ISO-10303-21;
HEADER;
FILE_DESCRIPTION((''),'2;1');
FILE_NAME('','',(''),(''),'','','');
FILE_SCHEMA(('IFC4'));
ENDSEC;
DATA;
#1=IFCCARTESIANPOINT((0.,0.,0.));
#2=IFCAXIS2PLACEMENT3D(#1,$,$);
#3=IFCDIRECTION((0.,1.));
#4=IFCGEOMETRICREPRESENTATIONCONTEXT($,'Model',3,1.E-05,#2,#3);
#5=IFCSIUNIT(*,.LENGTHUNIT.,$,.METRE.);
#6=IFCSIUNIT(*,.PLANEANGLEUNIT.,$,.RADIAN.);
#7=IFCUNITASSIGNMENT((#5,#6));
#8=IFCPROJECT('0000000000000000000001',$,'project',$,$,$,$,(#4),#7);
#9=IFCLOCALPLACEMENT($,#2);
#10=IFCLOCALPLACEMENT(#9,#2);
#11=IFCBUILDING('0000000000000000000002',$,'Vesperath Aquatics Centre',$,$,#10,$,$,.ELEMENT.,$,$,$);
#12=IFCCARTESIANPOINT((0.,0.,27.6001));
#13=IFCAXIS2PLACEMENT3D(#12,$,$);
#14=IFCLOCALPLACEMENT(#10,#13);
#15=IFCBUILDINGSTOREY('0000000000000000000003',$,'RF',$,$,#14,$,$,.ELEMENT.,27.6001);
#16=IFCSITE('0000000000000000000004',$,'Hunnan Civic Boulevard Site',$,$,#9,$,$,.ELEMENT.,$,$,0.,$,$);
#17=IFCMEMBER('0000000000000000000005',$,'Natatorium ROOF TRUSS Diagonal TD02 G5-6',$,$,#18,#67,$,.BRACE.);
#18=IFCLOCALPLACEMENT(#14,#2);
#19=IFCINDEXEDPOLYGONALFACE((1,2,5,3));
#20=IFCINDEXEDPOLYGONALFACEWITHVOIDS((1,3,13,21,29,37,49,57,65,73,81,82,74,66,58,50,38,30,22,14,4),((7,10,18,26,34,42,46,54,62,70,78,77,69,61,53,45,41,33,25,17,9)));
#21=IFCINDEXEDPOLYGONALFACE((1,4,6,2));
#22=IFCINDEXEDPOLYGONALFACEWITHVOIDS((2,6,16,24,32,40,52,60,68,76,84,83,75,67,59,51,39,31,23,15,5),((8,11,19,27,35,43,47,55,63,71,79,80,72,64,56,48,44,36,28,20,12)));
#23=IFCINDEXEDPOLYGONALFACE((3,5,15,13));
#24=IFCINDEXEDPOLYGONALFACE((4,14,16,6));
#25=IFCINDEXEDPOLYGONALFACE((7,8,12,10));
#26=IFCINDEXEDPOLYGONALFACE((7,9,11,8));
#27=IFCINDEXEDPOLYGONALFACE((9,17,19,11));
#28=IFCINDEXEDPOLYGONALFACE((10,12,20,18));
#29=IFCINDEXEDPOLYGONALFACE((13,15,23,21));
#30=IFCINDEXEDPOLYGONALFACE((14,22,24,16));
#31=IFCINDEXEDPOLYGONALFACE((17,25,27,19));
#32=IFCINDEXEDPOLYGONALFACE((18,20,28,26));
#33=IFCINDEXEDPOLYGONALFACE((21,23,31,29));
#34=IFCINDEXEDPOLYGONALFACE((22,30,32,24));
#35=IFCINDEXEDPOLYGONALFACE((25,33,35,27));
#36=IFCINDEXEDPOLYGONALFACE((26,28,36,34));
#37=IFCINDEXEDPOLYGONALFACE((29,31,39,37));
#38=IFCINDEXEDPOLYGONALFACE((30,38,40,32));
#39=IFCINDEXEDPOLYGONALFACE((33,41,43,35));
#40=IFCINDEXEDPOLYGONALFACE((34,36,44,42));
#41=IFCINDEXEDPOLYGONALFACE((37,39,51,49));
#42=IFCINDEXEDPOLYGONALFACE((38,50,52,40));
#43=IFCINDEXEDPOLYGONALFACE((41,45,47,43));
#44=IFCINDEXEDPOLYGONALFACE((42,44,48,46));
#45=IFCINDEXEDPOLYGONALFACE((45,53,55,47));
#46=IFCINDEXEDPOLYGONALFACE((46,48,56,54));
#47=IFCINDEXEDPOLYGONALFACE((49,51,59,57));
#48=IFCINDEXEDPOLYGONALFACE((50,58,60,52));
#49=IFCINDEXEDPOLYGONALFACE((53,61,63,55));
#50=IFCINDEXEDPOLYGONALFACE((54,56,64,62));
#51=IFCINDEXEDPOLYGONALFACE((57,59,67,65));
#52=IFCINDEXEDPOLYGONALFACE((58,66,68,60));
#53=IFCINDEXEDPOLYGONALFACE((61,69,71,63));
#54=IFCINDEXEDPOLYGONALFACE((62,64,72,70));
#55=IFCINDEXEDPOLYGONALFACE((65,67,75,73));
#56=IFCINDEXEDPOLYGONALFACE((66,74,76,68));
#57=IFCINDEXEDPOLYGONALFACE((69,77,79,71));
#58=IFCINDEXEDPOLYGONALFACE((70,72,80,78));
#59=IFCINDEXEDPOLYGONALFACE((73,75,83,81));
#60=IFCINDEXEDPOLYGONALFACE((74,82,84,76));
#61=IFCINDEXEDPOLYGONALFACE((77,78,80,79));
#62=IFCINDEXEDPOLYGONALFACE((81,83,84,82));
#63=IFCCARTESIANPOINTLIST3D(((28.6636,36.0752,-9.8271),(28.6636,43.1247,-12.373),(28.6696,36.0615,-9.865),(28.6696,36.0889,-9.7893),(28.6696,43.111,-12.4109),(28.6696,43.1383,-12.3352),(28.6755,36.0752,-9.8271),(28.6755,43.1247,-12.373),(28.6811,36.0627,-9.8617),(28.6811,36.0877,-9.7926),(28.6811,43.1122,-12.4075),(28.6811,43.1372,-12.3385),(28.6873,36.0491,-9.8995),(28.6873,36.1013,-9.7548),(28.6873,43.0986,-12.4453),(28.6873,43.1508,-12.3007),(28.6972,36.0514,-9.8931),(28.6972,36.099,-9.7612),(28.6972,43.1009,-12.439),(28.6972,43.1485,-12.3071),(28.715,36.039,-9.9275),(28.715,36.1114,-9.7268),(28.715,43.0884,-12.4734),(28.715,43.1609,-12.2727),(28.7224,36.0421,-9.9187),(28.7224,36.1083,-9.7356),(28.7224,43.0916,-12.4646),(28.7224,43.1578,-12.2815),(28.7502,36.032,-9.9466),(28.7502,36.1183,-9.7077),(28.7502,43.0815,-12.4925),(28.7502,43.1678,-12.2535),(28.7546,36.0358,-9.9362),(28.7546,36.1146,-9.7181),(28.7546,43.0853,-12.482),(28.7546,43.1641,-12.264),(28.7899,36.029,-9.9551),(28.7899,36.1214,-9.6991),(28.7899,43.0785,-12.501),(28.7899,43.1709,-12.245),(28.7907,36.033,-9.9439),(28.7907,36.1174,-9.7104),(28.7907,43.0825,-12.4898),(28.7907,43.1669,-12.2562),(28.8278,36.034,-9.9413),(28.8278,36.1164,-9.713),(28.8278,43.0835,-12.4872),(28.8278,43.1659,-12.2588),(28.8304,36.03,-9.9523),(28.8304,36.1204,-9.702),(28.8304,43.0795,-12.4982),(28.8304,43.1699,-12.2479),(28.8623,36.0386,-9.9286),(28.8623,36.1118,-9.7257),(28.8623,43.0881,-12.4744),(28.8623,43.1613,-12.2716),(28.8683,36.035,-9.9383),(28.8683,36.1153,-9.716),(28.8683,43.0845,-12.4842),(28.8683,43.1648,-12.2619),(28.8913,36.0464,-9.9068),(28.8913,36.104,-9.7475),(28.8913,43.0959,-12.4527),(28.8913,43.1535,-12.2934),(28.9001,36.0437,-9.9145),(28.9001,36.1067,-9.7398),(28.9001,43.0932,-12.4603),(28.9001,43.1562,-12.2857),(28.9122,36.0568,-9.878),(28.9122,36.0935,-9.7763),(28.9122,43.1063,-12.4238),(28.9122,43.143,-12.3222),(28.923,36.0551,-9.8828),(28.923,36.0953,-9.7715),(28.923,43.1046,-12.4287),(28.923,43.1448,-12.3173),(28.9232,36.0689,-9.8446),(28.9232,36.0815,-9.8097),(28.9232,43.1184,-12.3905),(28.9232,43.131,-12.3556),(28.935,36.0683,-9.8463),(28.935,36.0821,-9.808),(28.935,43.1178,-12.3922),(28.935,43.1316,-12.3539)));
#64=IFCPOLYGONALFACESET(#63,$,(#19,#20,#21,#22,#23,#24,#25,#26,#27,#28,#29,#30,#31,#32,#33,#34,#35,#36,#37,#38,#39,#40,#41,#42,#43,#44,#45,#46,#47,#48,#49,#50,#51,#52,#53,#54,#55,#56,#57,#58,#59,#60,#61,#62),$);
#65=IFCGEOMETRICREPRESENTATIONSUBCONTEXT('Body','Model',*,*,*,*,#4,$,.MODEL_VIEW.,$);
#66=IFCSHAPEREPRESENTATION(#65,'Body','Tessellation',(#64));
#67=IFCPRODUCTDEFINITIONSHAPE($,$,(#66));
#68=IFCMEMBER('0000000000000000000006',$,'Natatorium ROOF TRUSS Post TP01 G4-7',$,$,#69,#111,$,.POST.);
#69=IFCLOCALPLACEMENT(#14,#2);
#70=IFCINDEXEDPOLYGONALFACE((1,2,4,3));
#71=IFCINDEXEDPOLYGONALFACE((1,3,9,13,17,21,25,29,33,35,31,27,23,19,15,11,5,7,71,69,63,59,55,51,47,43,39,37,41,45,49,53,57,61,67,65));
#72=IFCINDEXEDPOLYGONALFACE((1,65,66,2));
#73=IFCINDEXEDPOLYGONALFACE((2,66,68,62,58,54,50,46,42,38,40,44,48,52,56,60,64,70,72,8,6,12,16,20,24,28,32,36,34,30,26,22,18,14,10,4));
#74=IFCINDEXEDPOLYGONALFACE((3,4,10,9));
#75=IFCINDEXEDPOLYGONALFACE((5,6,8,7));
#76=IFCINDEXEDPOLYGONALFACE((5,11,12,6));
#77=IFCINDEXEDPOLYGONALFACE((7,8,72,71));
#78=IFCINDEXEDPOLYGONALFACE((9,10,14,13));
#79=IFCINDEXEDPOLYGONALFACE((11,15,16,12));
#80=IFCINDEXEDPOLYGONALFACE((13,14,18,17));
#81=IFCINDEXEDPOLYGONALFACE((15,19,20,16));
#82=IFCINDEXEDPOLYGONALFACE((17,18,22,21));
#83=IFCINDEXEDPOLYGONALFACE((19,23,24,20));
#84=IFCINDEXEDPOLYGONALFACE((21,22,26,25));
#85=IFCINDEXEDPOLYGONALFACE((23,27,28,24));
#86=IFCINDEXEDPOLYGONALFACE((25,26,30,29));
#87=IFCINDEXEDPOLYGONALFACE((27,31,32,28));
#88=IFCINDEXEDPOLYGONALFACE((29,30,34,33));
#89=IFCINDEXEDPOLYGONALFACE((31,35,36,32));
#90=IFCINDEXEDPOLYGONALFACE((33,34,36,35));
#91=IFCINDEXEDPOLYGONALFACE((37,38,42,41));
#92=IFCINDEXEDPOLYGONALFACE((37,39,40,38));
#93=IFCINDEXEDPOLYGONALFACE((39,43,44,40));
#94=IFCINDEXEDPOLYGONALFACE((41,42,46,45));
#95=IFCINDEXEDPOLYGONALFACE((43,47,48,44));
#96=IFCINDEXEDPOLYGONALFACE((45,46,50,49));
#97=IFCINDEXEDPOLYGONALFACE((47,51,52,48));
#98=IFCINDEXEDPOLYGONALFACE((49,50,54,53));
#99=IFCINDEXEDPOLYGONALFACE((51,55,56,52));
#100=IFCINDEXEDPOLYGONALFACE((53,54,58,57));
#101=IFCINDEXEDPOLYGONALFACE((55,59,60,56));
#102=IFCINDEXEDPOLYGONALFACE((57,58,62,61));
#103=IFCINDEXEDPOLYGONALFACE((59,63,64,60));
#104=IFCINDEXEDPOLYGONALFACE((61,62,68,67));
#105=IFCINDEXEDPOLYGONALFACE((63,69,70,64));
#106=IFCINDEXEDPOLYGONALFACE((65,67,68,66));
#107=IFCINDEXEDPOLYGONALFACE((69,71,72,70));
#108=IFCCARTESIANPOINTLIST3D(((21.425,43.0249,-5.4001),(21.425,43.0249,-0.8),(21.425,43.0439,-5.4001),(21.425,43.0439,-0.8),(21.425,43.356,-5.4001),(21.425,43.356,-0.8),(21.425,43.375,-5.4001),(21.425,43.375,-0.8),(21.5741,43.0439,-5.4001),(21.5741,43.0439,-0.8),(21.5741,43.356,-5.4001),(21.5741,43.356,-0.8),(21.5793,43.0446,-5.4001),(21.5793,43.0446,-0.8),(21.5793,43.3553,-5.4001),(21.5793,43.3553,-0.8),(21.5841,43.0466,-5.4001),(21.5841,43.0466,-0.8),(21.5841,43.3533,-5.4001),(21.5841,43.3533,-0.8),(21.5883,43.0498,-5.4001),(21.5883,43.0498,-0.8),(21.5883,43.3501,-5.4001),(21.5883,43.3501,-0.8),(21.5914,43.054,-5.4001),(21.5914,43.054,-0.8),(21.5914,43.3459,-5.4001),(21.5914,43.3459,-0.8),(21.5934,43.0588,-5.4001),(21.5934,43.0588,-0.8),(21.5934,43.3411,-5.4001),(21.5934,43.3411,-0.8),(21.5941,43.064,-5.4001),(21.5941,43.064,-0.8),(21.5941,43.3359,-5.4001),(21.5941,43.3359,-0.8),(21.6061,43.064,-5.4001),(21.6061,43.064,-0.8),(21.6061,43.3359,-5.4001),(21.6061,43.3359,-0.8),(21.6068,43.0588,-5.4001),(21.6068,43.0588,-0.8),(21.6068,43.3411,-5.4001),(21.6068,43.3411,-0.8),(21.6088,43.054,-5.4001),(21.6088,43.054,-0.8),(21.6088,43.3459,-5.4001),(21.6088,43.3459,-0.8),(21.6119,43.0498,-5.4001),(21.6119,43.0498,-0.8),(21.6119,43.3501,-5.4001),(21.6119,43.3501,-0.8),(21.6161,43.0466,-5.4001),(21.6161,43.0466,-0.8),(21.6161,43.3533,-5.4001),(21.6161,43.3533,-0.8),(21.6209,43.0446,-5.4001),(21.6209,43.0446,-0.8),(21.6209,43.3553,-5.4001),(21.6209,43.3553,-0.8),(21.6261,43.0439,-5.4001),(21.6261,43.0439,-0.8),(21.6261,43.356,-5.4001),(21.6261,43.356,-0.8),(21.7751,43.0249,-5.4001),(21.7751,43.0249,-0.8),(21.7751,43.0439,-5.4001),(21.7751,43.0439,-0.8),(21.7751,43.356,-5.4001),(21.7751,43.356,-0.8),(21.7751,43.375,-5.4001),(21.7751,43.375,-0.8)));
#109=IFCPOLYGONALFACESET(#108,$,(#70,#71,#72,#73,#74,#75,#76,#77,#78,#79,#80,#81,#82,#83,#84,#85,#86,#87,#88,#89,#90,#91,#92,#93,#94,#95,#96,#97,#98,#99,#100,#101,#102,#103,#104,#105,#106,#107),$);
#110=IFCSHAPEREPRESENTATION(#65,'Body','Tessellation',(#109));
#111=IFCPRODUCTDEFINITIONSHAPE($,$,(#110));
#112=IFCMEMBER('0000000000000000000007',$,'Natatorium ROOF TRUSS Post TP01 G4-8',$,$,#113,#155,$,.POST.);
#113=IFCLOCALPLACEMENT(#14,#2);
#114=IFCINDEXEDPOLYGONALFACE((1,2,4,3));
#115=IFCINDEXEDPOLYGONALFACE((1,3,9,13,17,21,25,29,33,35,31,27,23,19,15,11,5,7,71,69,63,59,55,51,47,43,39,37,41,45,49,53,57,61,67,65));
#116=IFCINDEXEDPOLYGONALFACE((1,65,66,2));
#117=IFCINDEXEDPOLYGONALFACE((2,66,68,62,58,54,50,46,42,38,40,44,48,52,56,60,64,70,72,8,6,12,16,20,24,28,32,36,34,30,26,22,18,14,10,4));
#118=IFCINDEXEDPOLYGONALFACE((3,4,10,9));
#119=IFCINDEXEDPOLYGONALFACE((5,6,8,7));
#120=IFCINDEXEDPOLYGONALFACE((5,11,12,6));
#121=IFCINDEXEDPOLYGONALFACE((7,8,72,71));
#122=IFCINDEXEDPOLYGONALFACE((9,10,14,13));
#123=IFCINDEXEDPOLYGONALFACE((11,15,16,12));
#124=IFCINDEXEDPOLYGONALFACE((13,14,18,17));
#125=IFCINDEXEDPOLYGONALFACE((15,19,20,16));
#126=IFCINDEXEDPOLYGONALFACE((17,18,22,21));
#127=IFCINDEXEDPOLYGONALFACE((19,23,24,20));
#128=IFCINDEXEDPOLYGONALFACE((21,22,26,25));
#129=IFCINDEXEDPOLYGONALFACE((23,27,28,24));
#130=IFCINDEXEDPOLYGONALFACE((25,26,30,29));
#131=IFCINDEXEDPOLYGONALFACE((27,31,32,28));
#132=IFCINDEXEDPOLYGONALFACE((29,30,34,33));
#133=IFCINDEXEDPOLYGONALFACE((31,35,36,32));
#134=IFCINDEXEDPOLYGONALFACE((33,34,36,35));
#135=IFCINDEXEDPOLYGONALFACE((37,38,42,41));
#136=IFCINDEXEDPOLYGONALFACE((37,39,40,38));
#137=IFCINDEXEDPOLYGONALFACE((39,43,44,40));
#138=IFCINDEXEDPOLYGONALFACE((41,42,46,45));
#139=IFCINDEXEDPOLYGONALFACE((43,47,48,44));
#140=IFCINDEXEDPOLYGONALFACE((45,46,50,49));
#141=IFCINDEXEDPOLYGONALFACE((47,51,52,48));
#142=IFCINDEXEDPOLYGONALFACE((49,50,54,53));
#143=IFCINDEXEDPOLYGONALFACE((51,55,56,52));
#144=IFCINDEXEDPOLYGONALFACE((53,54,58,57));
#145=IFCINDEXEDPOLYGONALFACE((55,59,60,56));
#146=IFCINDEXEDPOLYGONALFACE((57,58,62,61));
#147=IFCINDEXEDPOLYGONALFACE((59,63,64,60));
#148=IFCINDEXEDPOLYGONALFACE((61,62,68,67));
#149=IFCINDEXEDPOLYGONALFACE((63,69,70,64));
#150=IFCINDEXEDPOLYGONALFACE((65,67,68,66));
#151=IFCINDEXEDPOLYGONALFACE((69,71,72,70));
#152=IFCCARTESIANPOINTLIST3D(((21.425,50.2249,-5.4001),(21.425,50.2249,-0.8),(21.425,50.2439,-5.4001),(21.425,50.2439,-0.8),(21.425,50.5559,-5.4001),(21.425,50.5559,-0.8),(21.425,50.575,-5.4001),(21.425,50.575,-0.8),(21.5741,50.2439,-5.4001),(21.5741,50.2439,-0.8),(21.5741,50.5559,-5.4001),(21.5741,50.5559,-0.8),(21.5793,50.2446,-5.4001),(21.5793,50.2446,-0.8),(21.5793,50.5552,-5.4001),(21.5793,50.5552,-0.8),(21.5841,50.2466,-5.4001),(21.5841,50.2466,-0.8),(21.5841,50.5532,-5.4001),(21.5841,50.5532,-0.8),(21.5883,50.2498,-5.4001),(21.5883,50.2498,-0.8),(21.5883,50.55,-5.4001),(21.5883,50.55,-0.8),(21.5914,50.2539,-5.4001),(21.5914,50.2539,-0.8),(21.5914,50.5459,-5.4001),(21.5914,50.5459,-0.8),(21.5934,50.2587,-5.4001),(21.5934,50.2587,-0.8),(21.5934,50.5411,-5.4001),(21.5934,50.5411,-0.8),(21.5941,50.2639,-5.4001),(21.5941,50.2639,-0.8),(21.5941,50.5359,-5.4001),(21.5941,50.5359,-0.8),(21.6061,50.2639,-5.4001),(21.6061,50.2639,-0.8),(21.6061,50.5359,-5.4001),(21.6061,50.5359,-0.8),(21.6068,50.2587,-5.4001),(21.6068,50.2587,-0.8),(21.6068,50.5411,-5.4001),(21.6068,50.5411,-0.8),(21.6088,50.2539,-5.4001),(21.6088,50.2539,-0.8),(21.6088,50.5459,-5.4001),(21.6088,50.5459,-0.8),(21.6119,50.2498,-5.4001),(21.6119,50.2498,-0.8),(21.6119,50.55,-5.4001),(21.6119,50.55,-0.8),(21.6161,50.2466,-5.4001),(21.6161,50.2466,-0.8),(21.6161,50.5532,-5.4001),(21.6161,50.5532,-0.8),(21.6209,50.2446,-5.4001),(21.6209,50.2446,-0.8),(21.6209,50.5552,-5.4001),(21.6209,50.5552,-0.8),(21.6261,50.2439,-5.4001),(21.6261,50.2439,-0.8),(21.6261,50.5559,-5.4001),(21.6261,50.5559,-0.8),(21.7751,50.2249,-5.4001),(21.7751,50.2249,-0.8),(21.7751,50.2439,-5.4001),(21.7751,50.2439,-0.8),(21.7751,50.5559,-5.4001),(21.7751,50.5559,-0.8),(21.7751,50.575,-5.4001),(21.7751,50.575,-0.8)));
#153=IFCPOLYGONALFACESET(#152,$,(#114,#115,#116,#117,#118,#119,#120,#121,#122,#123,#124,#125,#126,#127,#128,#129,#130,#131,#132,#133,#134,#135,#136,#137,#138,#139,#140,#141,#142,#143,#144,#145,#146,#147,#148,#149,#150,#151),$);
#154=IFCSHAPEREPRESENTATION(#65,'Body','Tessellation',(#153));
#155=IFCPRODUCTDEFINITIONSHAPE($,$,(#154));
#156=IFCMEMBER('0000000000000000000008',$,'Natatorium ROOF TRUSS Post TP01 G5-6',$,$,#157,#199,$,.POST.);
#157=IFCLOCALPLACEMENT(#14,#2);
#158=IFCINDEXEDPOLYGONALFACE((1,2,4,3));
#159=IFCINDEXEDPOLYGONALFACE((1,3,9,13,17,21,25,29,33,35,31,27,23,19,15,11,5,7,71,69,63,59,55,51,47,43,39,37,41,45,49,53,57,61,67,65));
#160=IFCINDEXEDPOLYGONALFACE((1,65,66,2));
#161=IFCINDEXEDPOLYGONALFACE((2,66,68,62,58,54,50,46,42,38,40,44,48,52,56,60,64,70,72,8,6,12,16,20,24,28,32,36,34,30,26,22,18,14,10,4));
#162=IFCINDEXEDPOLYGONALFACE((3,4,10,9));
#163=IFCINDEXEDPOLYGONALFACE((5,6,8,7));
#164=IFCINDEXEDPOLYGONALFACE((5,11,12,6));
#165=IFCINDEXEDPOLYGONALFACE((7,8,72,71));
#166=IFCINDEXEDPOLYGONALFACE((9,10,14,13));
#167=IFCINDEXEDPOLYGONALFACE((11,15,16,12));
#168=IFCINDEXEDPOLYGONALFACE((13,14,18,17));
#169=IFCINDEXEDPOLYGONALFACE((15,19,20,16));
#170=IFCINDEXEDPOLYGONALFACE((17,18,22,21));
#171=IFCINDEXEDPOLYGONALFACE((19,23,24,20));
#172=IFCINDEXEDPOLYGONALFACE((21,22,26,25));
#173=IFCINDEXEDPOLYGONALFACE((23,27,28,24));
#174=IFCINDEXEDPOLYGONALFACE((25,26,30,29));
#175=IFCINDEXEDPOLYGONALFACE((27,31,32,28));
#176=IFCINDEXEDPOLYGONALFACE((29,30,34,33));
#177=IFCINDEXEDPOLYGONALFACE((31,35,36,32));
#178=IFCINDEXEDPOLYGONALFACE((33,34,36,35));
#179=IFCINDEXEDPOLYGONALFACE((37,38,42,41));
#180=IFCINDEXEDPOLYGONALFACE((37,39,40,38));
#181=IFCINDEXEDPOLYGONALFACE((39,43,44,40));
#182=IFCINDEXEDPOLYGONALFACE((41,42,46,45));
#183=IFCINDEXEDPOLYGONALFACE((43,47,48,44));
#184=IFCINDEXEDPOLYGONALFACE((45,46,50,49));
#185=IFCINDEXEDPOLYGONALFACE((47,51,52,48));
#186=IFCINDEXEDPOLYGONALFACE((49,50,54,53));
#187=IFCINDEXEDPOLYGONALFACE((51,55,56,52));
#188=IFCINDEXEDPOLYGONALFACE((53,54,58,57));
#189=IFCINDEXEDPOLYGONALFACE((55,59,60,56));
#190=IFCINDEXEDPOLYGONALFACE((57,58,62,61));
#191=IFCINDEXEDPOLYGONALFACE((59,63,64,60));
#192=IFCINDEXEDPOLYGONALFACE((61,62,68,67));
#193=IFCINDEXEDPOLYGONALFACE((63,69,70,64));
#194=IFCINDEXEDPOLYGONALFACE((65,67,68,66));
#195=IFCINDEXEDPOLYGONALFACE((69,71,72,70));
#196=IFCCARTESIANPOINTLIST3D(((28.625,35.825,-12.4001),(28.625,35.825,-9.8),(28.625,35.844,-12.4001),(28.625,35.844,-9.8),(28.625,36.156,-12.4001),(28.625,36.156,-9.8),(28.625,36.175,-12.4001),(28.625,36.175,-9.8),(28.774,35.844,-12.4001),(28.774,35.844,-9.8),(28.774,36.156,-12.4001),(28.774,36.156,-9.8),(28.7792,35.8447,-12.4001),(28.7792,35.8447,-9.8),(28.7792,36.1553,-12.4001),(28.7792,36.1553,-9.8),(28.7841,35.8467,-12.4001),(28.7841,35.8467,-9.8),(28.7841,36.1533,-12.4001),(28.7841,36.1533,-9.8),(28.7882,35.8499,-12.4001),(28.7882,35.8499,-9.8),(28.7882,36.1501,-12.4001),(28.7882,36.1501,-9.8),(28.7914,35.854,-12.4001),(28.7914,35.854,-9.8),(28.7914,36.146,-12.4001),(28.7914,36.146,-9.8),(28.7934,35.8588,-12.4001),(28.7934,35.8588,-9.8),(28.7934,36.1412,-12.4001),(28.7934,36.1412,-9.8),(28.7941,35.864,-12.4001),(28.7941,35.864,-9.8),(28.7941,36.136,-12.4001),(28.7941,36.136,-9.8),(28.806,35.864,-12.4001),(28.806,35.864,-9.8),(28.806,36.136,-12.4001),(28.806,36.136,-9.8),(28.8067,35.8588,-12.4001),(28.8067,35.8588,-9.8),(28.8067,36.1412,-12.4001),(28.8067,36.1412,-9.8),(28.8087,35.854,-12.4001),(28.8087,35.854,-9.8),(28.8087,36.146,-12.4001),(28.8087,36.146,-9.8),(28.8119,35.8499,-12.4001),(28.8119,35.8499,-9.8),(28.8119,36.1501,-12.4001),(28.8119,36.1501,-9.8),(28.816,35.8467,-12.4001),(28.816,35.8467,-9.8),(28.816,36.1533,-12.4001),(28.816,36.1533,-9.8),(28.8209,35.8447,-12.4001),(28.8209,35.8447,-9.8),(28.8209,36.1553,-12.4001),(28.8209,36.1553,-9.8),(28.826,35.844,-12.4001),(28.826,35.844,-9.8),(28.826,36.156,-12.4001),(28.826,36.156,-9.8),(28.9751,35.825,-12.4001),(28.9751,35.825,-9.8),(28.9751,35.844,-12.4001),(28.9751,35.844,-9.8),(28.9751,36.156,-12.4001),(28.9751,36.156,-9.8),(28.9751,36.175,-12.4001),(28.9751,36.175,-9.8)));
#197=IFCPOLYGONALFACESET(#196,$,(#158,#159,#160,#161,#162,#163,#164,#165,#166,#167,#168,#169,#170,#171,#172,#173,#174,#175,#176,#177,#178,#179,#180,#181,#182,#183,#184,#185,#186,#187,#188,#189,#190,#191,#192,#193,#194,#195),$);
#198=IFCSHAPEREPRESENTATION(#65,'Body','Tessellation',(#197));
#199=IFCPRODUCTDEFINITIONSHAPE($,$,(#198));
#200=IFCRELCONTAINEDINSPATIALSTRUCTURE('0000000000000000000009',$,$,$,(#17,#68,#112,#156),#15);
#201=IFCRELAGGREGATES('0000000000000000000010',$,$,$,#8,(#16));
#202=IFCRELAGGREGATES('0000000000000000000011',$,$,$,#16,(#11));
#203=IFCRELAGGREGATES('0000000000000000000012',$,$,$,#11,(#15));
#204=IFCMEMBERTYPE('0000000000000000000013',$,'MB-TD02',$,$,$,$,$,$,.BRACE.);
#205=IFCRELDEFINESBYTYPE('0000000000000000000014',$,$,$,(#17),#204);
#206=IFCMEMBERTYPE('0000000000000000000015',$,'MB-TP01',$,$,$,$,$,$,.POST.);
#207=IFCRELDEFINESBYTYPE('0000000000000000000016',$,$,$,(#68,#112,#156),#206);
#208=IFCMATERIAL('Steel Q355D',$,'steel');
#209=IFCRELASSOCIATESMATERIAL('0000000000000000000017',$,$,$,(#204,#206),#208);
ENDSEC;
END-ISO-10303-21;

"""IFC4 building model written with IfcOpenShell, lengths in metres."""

from ifc_helpers import new_model, si_unit, direction, frame, origin, origin_2d, place, context, subcontext, project, spatial, hollow_circle, i_section, extrude, material, material_profile, profile_set, type_object, element, save


model = new_model("IFC4")

# Units and contexts
model_context = context("Model", 3, precision=1e-05, world=origin(), true_north=direction((0.0, 1.0)))
body_context = subcontext(model_context, "Body", "Model", "MODEL_VIEW")
ifc_project = project(units=[si_unit("LENGTHUNIT", "METRE"), si_unit("PLANEANGLEUNIT", "RADIAN")], contexts=[model_context])

# Site, building, storey
site_placement = place(None, origin())
site = spatial("IfcSite", under=ifc_project, at=site_placement, Name="Hunnan Civic Boulevard Site", CompositionType="ELEMENT", RefElevation=0.0)
building_placement = place(site_placement, origin())
building = spatial("IfcBuilding", under=site, at=building_placement, Name="Vesperath Aquatics Centre", CompositionType="ELEMENT")
storey_placement = place(building_placement, frame((0.0, 0.0, 27.6001)))
storey = spatial("IfcBuildingStorey", under=building, at=storey_placement, Name="RF", CompositionType="ELEMENT", Elevation=27.6001)

# Members
ifc_material_1 = material(Name="Steel Q355D", Category="steel")
ifc_material_profile_1 = material_profile(ifc_material_1, hollow_circle(Radius=0.1365, WallThickness=0.012, at=origin_2d()), Name="CHS 273.0x12")
ifc_profile_set_1 = profile_set([ifc_material_profile_1], Name="Steel Q355D")
member_type_1 = type_object("IfcMemberType", Name="MB-TD02", PredefinedType="BRACE", material=ifc_profile_set_1)
member_1_placement = place(storey_placement, frame((28.8, 36.0752, -9.8271), z_axis=(0.0, 0.940544, -0.339671), x_axis=(-1.0, 0.0, 0.0)))
element("IfcMember", 1, at=member_1_placement, inside=storey, type_object=member_type_1, Name="Natatorium ROOF TRUSS Diagonal TD02 G5-6", PredefinedType="BRACE", context=body_context, shape_type="SweptSolid", body=[
    extrude(hollow_circle(Radius=0.1365, WallThickness=0.012, at=origin_2d()), origin(), (0.0, 0.0, 1.0), 7.4951),
])
ifc_material_profile_2 = material_profile(ifc_material_1, i_section(OverallWidth=0.3501, OverallDepth=0.3501, WebThickness=0.012, FlangeThickness=0.019, FilletRadius=0.02, at=origin_2d()), Name="HW 350x350x12x19")
ifc_profile_set_2 = profile_set([ifc_material_profile_2], Name="Steel Q355D")
member_type_2 = type_object("IfcMemberType", Name="MB-TP01", PredefinedType="POST", material=ifc_profile_set_2)
for number, where, z_axis, x_axis, name in (
    (2, (21.6001, 43.2, -5.4001), (0.0, 0.0, 1.0), (1.0, 0.0, 0.0), "Natatorium ROOF TRUSS Post TP01 G4-7"),
    (3, (21.6001, 50.3999, -5.4001), (0.0, 0.0, 1.0), (1.0, 0.0, 0.0), "Natatorium ROOF TRUSS Post TP01 G4-8"),
):
    element("IfcMember", number, at=place(storey_placement, frame(where, z_axis=z_axis, x_axis=x_axis)), inside=storey, type_object=member_type_2, Name=name, PredefinedType="POST", context=body_context, shape_type="SweptSolid", body=[
        extrude(i_section(OverallWidth=0.3501, OverallDepth=0.3501, WebThickness=0.012, FlangeThickness=0.019, FilletRadius=0.02, at=origin_2d()), origin(), (0.0, 0.0, 1.0), 4.6001),
    ])
member_2_placement = place(storey_placement, frame((28.8, 36.0, -12.4001), z_axis=(0.0, 0.0, 1.0), x_axis=(1.0, 0.0, 0.0)))
element("IfcMember", 4, at=member_2_placement, inside=storey, type_object=member_type_2, Name="Natatorium ROOF TRUSS Post TP01 G5-6", PredefinedType="POST", context=body_context, shape_type="SweptSolid", body=[
    extrude(i_section(OverallWidth=0.3501, OverallDepth=0.3501, WebThickness=0.012, FlangeThickness=0.019, FilletRadius=0.02, at=origin_2d()), origin(), (0.0, 0.0, 1.0), 2.6001),
])

save(model, "model.ifc")
